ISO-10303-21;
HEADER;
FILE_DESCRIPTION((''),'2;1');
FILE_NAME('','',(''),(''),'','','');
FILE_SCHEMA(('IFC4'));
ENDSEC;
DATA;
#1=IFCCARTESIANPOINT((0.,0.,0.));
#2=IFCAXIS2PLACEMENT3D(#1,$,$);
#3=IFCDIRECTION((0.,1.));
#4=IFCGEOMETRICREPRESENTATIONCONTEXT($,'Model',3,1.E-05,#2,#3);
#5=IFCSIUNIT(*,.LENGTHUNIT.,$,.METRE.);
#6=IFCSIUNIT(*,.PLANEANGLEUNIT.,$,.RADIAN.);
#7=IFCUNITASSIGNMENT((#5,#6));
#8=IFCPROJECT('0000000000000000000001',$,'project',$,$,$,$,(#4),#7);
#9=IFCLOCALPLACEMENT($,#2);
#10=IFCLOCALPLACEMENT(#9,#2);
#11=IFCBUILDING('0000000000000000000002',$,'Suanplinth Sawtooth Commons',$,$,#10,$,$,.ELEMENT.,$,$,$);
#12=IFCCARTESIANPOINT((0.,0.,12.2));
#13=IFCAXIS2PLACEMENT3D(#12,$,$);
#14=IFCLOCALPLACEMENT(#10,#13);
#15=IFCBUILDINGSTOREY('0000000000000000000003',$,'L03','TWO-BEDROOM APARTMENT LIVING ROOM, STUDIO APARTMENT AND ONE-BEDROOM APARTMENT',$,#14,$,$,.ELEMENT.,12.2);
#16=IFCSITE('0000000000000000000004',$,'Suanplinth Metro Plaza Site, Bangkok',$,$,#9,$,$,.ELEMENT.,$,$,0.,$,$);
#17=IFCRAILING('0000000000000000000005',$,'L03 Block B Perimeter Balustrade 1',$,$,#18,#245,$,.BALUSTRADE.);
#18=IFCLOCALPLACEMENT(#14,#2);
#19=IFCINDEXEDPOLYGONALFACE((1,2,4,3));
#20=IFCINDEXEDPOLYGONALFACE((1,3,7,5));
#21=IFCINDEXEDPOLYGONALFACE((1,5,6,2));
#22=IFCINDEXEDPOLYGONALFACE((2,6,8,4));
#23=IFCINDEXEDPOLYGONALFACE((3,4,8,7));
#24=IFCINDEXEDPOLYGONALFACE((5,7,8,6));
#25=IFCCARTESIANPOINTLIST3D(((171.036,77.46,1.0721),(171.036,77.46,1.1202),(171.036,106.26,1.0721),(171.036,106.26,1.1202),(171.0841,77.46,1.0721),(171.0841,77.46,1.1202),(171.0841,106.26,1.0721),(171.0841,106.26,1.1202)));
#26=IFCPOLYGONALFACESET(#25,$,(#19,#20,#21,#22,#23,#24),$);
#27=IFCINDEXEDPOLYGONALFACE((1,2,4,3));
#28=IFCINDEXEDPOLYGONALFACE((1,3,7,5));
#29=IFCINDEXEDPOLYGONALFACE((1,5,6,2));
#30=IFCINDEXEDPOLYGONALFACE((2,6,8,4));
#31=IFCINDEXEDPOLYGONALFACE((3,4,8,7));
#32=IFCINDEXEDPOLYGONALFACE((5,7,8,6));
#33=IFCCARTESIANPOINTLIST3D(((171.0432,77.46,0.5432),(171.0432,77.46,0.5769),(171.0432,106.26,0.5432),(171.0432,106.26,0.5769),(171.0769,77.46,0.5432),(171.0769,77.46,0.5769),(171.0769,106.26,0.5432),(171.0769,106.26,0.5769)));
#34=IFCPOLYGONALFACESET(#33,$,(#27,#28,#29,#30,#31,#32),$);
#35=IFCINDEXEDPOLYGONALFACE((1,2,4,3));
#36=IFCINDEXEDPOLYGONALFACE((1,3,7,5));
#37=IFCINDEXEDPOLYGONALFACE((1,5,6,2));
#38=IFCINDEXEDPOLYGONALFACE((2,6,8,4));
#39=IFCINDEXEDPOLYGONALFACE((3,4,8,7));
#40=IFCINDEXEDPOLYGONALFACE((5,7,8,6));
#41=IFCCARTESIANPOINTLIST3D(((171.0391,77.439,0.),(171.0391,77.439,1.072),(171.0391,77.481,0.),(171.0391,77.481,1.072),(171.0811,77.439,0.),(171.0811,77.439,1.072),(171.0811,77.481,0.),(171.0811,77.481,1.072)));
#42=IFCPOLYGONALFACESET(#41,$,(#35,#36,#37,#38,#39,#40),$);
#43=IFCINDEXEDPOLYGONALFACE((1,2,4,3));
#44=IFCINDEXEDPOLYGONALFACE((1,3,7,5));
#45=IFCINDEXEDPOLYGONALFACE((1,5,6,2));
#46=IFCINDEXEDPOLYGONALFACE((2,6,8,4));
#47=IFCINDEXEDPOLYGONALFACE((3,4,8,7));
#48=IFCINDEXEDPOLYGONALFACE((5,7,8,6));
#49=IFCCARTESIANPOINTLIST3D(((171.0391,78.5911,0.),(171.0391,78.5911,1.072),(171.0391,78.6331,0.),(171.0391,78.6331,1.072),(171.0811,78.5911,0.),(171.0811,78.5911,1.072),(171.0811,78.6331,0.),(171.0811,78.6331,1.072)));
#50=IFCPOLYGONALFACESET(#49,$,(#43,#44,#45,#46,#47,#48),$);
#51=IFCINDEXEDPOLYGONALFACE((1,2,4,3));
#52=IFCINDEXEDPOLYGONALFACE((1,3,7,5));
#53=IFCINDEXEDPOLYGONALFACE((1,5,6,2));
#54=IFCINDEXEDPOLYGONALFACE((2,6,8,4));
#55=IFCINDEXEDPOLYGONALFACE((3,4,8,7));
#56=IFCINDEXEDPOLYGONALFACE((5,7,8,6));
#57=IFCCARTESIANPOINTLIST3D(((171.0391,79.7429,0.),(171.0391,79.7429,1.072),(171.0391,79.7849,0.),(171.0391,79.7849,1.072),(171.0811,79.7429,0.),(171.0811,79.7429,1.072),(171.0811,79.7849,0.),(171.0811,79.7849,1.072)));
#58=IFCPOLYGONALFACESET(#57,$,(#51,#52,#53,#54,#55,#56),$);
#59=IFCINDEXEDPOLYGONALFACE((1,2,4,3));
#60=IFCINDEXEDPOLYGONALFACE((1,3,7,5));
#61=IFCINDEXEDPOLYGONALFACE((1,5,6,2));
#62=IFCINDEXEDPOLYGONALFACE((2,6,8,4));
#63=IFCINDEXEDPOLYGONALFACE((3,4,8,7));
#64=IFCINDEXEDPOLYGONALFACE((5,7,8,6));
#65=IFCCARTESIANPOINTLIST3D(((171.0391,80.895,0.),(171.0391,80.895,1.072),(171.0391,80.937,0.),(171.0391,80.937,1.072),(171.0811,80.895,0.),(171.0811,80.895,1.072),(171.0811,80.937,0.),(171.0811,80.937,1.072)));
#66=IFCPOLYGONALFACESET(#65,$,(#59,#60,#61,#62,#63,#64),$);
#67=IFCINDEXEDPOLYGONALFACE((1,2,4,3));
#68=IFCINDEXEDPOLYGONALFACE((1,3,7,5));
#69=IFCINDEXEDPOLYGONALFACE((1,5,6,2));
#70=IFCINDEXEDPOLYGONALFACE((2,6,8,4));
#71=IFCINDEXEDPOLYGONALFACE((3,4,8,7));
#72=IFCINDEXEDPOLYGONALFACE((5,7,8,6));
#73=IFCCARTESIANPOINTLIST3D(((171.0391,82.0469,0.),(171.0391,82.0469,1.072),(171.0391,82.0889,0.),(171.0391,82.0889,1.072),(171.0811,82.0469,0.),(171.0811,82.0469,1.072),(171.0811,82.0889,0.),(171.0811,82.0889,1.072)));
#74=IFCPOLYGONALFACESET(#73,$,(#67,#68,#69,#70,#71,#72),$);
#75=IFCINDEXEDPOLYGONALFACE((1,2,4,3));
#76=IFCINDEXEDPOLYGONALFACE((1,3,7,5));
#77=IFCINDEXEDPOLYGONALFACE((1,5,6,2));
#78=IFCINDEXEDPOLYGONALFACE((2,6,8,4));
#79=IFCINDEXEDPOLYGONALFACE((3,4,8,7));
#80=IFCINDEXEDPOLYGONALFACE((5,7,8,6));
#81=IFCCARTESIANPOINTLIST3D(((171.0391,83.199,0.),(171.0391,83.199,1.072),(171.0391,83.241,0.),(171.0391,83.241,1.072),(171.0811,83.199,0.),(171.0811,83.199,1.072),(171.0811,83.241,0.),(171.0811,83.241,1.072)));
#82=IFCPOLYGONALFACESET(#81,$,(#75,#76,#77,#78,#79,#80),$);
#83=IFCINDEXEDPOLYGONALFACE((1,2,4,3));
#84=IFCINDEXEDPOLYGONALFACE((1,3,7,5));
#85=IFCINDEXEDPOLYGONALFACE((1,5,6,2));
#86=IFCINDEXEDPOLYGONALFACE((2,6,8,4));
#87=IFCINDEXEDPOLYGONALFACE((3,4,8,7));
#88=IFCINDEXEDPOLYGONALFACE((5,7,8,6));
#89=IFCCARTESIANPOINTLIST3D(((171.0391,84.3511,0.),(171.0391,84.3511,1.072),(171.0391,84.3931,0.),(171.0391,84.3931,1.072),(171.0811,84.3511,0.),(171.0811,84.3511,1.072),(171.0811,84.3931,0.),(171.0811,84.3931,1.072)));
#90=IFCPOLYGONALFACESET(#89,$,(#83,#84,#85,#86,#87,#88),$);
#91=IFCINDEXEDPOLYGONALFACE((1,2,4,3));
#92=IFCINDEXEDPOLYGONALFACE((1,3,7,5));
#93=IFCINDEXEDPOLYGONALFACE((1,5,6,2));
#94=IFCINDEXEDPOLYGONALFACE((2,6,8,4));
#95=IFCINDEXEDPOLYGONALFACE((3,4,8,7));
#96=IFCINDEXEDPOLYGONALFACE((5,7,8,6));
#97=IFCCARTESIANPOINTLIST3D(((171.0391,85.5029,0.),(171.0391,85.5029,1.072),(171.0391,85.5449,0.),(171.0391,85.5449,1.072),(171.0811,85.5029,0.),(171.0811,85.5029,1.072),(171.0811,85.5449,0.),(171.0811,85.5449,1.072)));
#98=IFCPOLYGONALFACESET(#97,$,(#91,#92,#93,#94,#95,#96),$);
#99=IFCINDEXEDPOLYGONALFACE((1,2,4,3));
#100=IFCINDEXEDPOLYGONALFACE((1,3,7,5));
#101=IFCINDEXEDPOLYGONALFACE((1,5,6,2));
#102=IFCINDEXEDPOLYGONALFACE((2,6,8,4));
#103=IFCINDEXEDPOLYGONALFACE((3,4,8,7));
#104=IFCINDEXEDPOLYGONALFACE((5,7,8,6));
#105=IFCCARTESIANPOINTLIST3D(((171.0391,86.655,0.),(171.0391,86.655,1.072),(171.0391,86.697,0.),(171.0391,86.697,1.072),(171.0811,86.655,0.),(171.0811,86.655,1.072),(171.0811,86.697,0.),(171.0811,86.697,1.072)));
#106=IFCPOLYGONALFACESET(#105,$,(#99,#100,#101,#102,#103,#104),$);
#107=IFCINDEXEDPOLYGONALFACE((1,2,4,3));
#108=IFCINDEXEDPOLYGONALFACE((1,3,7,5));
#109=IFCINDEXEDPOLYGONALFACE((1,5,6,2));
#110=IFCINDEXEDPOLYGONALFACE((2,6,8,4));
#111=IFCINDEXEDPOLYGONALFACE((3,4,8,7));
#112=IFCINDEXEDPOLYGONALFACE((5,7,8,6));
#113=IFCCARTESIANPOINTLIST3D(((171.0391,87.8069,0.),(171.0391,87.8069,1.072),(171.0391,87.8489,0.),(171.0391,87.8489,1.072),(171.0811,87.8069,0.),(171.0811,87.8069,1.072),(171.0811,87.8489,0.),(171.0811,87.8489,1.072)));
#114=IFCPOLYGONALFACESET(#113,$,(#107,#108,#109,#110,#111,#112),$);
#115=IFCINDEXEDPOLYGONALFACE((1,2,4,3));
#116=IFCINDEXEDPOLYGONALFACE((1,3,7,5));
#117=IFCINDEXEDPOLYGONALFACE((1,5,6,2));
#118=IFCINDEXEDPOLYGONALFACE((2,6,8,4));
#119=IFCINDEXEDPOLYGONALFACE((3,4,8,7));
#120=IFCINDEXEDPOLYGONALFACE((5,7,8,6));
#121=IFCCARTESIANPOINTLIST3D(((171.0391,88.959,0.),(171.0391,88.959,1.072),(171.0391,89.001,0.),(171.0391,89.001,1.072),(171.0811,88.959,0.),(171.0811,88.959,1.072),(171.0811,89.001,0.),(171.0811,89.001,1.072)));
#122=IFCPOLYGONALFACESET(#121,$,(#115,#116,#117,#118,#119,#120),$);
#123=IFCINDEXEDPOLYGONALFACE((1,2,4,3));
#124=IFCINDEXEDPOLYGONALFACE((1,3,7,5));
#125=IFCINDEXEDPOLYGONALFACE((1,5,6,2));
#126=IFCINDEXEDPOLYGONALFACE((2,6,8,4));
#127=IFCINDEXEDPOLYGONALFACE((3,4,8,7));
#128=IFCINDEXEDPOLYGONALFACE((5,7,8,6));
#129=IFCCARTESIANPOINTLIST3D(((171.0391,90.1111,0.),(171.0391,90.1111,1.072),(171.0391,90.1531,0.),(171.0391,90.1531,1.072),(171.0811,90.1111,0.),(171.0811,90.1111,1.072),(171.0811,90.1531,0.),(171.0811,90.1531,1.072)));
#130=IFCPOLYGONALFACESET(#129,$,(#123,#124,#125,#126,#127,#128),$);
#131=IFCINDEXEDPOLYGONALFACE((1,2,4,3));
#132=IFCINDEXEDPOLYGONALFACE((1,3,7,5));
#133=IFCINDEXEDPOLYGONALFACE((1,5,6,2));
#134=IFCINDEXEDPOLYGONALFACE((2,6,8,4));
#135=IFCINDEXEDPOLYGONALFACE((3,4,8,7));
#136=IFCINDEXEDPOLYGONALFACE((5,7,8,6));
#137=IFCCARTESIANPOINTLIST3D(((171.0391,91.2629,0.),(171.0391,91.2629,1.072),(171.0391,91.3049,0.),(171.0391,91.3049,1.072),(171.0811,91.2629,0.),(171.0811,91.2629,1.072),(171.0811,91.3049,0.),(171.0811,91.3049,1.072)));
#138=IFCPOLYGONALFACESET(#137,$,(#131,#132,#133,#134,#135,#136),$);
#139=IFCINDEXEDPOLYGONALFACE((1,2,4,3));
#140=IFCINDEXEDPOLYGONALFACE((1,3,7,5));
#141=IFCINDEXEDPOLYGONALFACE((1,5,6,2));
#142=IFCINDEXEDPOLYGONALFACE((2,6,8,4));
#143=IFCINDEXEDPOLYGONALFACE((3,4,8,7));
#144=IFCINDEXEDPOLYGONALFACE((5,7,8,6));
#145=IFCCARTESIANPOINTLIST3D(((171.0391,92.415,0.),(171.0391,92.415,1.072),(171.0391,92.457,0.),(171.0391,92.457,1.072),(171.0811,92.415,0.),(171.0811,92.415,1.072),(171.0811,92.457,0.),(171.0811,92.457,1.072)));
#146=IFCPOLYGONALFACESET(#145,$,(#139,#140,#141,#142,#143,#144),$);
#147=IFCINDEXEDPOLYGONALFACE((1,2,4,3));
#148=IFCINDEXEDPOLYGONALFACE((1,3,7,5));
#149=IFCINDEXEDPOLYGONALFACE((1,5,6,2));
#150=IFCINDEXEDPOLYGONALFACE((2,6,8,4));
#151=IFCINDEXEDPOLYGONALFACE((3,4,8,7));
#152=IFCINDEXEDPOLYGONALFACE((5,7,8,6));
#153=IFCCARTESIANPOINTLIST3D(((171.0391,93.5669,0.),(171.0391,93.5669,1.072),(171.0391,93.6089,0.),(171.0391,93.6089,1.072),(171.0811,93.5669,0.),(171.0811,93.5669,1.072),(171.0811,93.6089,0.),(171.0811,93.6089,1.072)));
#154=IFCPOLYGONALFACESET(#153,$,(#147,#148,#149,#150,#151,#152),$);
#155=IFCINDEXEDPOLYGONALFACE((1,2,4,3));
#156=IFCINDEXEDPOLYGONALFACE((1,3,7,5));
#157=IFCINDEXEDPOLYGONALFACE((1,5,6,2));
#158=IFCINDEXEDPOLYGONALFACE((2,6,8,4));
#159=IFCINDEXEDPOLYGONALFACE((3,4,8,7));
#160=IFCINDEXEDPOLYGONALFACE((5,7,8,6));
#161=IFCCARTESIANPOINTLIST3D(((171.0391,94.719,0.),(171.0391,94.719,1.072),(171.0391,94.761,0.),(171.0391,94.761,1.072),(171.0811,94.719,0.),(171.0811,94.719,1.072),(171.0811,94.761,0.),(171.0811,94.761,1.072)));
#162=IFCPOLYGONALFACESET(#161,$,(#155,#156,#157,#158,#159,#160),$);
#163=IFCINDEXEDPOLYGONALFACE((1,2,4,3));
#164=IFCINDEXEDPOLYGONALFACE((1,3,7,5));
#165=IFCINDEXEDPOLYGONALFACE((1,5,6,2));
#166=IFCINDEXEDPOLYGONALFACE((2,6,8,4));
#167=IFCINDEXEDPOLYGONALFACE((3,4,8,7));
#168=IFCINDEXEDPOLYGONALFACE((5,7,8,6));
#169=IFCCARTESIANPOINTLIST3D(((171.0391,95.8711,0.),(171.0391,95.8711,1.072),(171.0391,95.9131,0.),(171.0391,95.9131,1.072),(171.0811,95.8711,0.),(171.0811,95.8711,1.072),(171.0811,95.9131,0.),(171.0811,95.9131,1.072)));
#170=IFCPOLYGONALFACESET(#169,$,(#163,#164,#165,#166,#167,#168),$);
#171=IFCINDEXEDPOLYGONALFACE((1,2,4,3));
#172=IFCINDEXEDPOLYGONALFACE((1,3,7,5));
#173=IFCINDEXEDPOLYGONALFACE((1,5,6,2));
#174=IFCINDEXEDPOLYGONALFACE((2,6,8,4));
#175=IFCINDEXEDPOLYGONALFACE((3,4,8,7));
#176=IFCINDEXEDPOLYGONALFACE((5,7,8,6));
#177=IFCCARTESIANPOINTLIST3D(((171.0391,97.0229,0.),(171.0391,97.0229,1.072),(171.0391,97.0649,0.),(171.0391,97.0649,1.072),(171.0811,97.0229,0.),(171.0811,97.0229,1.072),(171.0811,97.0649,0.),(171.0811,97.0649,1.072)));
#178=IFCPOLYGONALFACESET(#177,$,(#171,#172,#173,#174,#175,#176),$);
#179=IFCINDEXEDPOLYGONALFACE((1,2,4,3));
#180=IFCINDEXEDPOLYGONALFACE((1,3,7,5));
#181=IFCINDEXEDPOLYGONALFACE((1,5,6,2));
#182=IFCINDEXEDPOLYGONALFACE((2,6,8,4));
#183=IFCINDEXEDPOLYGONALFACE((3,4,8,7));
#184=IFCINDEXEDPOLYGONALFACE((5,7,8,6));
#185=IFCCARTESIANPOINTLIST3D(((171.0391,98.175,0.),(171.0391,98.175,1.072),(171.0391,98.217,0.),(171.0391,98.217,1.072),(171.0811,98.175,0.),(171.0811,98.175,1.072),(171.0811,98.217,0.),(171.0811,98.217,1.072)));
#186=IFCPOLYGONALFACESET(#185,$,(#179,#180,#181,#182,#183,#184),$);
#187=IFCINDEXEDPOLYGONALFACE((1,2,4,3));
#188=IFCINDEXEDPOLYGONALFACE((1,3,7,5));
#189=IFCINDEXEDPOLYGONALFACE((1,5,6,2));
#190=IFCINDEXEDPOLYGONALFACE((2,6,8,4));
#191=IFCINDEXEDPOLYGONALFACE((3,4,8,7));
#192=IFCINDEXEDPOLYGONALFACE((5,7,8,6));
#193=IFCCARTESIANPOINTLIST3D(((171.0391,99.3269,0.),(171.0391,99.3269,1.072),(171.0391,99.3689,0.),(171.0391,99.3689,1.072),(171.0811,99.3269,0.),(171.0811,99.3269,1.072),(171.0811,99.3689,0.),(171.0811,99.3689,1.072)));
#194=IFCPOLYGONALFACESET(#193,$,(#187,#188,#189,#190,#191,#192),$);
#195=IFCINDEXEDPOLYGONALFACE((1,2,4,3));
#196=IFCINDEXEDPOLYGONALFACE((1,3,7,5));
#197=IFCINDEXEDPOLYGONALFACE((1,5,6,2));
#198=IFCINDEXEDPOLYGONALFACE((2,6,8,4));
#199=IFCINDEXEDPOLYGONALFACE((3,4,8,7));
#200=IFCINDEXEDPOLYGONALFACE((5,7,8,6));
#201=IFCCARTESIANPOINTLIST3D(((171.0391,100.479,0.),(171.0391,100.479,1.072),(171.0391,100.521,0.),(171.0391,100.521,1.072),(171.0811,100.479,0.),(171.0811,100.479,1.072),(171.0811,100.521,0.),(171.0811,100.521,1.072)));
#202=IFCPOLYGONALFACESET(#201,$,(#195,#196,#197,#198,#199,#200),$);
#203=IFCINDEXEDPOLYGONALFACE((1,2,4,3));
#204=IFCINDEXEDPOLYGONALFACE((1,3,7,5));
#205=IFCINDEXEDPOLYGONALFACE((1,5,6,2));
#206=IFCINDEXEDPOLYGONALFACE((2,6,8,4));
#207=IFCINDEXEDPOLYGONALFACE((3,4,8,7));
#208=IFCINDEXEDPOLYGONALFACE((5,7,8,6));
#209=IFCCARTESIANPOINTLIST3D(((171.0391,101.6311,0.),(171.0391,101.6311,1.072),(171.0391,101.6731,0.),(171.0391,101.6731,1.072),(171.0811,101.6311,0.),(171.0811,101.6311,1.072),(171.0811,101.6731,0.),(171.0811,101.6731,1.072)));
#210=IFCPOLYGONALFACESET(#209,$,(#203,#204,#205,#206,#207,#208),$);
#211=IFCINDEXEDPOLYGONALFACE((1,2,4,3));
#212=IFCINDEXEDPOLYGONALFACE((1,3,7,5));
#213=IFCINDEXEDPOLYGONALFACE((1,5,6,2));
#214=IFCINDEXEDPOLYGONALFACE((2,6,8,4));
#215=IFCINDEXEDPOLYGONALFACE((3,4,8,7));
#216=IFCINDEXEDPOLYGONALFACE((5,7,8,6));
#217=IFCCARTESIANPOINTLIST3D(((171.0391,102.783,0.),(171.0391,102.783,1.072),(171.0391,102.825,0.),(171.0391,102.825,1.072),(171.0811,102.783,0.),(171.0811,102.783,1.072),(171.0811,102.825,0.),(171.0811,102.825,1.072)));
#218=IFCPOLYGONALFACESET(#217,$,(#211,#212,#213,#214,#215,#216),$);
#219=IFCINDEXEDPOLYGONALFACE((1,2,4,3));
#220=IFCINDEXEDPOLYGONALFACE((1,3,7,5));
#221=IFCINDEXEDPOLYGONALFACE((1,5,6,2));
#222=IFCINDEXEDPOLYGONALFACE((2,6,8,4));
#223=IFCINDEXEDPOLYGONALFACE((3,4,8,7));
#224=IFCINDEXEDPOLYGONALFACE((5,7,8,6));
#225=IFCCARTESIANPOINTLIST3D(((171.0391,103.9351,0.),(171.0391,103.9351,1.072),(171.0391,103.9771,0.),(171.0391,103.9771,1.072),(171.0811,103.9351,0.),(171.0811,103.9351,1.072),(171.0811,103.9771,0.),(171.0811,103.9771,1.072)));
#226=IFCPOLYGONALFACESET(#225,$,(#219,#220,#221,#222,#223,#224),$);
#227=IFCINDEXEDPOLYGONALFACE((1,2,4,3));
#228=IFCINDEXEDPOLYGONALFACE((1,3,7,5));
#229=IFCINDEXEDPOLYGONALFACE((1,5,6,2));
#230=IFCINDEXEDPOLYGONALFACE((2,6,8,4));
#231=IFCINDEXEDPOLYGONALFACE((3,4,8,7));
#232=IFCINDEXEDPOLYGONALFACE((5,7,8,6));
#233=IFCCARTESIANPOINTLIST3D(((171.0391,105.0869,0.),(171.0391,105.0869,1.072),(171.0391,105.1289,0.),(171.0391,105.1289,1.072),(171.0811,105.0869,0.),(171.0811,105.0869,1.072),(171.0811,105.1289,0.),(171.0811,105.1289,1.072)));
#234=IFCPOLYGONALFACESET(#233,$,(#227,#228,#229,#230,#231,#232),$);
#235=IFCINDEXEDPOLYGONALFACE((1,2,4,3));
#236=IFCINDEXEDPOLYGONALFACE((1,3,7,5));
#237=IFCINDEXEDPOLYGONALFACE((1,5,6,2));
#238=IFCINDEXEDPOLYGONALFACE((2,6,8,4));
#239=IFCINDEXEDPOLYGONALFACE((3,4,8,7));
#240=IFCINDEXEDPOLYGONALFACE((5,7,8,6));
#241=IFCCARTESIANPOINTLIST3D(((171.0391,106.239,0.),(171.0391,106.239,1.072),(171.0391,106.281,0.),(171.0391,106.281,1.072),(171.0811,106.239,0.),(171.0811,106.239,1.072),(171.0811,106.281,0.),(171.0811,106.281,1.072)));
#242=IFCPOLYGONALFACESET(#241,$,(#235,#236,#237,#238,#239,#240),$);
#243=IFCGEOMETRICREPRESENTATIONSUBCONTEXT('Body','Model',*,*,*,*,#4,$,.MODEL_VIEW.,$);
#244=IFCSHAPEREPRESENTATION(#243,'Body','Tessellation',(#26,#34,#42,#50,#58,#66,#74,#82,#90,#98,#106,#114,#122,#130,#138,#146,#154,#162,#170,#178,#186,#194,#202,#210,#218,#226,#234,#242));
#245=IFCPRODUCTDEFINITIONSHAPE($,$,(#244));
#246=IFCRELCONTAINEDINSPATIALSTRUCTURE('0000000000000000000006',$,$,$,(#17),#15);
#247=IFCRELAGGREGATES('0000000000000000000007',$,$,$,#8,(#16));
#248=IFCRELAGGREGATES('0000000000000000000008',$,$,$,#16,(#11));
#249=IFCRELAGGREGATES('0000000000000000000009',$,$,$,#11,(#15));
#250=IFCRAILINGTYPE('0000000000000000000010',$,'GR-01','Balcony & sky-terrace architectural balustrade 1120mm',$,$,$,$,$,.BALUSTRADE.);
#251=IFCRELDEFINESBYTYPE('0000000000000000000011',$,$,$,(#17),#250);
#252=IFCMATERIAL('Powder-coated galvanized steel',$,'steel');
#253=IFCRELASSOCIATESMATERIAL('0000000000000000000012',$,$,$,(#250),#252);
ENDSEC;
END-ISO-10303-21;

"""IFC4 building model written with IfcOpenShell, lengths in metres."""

from ifc_helpers import new_model, si_unit, direction, frame, origin, origin_2d, place, context, subcontext, project, spatial, rectangle, extrude, material, type_object, element, save


model = new_model("IFC4")

# Units and contexts
model_context = context("Model", 3, precision=1e-05, world=origin(), true_north=direction((0.0, 1.0)))
body_context = subcontext(model_context, "Body", "Model", "MODEL_VIEW")
ifc_project = project(units=[si_unit("LENGTHUNIT", "METRE"), si_unit("PLANEANGLEUNIT", "RADIAN")], contexts=[model_context])

# Site, building, storey
site_placement = place(None, origin())
site = spatial("IfcSite", under=ifc_project, at=site_placement, Name="Suanplinth Metro Plaza Site, Bangkok", CompositionType="ELEMENT", RefElevation=0.0)
building_placement = place(site_placement, origin())
building = spatial("IfcBuilding", under=site, at=building_placement, Name="Suanplinth Sawtooth Commons", CompositionType="ELEMENT")
storey_placement = place(building_placement, frame((0.0, 0.0, 12.2)))
storey = spatial("IfcBuildingStorey", under=building, at=storey_placement, Name="L03", Description="TWO-BEDROOM APARTMENT LIVING ROOM, STUDIO APARTMENT AND ONE-BEDROOM APARTMENT", CompositionType="ELEMENT", Elevation=12.2)

# Railing
ifc_material_1 = material(Name="Powder-coated galvanized steel", Category="steel")
railing_type = type_object("IfcRailingType", Name="GR-01", Description="Balcony & sky-terrace architectural balustrade 1120mm", PredefinedType="BALUSTRADE", material=ifc_material_1)
railing_1_placement = place(storey_placement, frame((171.0601, 77.46, 0.0)))
element("IfcRailing", 1, at=railing_1_placement, inside=storey, type_object=railing_type, Name="L03 Block B Perimeter Balustrade 1", PredefinedType="BALUSTRADE", context=body_context, shape_type="SweptSolid", body=[
    extrude(rectangle(XDim=0.0481, YDim=0.0481, at=origin_2d()), frame((0.0, 0.0, 1.0962), z_axis=(0.0, 1.0, 0.0), x_axis=(-1.0, 0.0, 0.0)), (0.0, 0.0, 1.0), 28.8),
    extrude(rectangle(XDim=0.0337, YDim=0.0337, at=origin_2d()), frame((0.0, 0.0, 0.5601), z_axis=(0.0, 1.0, 0.0), x_axis=(-1.0, 0.0, 0.0)), (0.0, 0.0, 1.0), 28.8),
    extrude(rectangle(XDim=0.042, YDim=0.042, at=origin_2d()), origin(), (0.0, 0.0, 1.0), 1.072),
    extrude(rectangle(XDim=0.042, YDim=0.042, at=origin_2d()), frame((0.0, 1.1521, 0.0)), (0.0, 0.0, 1.0), 1.072),
    extrude(rectangle(XDim=0.042, YDim=0.042, at=origin_2d()), frame((0.0, 2.304, 0.0)), (0.0, 0.0, 1.0), 1.072),
    extrude(rectangle(XDim=0.042, YDim=0.042, at=origin_2d()), frame((0.0, 3.4561, 0.0)), (0.0, 0.0, 1.0), 1.072),
    extrude(rectangle(XDim=0.042, YDim=0.042, at=origin_2d()), frame((0.0, 4.6079, 0.0)), (0.0, 0.0, 1.0), 1.072),
    extrude(rectangle(XDim=0.042, YDim=0.042, at=origin_2d()), frame((0.0, 5.76, 0.0)), (0.0, 0.0, 1.0), 1.072),
    extrude(rectangle(XDim=0.042, YDim=0.042, at=origin_2d()), frame((0.0, 6.9121, 0.0)), (0.0, 0.0, 1.0), 1.072),
    extrude(rectangle(XDim=0.042, YDim=0.042, at=origin_2d()), frame((0.0, 8.064, 0.0)), (0.0, 0.0, 1.0), 1.072),
    extrude(rectangle(XDim=0.042, YDim=0.042, at=origin_2d()), frame((0.0, 9.2161, 0.0)), (0.0, 0.0, 1.0), 1.072),
    extrude(rectangle(XDim=0.042, YDim=0.042, at=origin_2d()), frame((0.0, 10.3679, 0.0)), (0.0, 0.0, 1.0), 1.072),
    extrude(rectangle(XDim=0.042, YDim=0.042, at=origin_2d()), frame((0.0, 11.52, 0.0)), (0.0, 0.0, 1.0), 1.072),
    extrude(rectangle(XDim=0.042, YDim=0.042, at=origin_2d()), frame((0.0, 12.6721, 0.0)), (0.0, 0.0, 1.0), 1.072),
    extrude(rectangle(XDim=0.042, YDim=0.042, at=origin_2d()), frame((0.0, 13.824, 0.0)), (0.0, 0.0, 1.0), 1.072),
    extrude(rectangle(XDim=0.042, YDim=0.042, at=origin_2d()), frame((0.0, 14.9761, 0.0)), (0.0, 0.0, 1.0), 1.072),
    extrude(rectangle(XDim=0.042, YDim=0.042, at=origin_2d()), frame((0.0, 16.1279, 0.0)), (0.0, 0.0, 1.0), 1.072),
    extrude(rectangle(XDim=0.042, YDim=0.042, at=origin_2d()), frame((0.0, 17.28, 0.0)), (0.0, 0.0, 1.0), 1.072),
    extrude(rectangle(XDim=0.042, YDim=0.042, at=origin_2d()), frame((0.0, 18.4321, 0.0)), (0.0, 0.0, 1.0), 1.072),
    extrude(rectangle(XDim=0.042, YDim=0.042, at=origin_2d()), frame((0.0, 19.584, 0.0)), (0.0, 0.0, 1.0), 1.072),
    extrude(rectangle(XDim=0.042, YDim=0.042, at=origin_2d()), frame((0.0, 20.7361, 0.0)), (0.0, 0.0, 1.0), 1.072),
    extrude(rectangle(XDim=0.042, YDim=0.042, at=origin_2d()), frame((0.0, 21.8879, 0.0)), (0.0, 0.0, 1.0), 1.072),
    extrude(rectangle(XDim=0.042, YDim=0.042, at=origin_2d()), frame((0.0, 23.04, 0.0)), (0.0, 0.0, 1.0), 1.072),
    extrude(rectangle(XDim=0.042, YDim=0.042, at=origin_2d()), frame((0.0, 24.1921, 0.0)), (0.0, 0.0, 1.0), 1.072),
    extrude(rectangle(XDim=0.042, YDim=0.042, at=origin_2d()), frame((0.0, 25.344, 0.0)), (0.0, 0.0, 1.0), 1.072),
    extrude(rectangle(XDim=0.042, YDim=0.042, at=origin_2d()), frame((0.0, 26.4961, 0.0)), (0.0, 0.0, 1.0), 1.072),
    extrude(rectangle(XDim=0.042, YDim=0.042, at=origin_2d()), frame((0.0, 27.6479, 0.0)), (0.0, 0.0, 1.0), 1.072),
    extrude(rectangle(XDim=0.042, YDim=0.042, at=origin_2d()), frame((0.0, 28.8, 0.0)), (0.0, 0.0, 1.0), 1.072),
])

save(model, "model.ifc")
